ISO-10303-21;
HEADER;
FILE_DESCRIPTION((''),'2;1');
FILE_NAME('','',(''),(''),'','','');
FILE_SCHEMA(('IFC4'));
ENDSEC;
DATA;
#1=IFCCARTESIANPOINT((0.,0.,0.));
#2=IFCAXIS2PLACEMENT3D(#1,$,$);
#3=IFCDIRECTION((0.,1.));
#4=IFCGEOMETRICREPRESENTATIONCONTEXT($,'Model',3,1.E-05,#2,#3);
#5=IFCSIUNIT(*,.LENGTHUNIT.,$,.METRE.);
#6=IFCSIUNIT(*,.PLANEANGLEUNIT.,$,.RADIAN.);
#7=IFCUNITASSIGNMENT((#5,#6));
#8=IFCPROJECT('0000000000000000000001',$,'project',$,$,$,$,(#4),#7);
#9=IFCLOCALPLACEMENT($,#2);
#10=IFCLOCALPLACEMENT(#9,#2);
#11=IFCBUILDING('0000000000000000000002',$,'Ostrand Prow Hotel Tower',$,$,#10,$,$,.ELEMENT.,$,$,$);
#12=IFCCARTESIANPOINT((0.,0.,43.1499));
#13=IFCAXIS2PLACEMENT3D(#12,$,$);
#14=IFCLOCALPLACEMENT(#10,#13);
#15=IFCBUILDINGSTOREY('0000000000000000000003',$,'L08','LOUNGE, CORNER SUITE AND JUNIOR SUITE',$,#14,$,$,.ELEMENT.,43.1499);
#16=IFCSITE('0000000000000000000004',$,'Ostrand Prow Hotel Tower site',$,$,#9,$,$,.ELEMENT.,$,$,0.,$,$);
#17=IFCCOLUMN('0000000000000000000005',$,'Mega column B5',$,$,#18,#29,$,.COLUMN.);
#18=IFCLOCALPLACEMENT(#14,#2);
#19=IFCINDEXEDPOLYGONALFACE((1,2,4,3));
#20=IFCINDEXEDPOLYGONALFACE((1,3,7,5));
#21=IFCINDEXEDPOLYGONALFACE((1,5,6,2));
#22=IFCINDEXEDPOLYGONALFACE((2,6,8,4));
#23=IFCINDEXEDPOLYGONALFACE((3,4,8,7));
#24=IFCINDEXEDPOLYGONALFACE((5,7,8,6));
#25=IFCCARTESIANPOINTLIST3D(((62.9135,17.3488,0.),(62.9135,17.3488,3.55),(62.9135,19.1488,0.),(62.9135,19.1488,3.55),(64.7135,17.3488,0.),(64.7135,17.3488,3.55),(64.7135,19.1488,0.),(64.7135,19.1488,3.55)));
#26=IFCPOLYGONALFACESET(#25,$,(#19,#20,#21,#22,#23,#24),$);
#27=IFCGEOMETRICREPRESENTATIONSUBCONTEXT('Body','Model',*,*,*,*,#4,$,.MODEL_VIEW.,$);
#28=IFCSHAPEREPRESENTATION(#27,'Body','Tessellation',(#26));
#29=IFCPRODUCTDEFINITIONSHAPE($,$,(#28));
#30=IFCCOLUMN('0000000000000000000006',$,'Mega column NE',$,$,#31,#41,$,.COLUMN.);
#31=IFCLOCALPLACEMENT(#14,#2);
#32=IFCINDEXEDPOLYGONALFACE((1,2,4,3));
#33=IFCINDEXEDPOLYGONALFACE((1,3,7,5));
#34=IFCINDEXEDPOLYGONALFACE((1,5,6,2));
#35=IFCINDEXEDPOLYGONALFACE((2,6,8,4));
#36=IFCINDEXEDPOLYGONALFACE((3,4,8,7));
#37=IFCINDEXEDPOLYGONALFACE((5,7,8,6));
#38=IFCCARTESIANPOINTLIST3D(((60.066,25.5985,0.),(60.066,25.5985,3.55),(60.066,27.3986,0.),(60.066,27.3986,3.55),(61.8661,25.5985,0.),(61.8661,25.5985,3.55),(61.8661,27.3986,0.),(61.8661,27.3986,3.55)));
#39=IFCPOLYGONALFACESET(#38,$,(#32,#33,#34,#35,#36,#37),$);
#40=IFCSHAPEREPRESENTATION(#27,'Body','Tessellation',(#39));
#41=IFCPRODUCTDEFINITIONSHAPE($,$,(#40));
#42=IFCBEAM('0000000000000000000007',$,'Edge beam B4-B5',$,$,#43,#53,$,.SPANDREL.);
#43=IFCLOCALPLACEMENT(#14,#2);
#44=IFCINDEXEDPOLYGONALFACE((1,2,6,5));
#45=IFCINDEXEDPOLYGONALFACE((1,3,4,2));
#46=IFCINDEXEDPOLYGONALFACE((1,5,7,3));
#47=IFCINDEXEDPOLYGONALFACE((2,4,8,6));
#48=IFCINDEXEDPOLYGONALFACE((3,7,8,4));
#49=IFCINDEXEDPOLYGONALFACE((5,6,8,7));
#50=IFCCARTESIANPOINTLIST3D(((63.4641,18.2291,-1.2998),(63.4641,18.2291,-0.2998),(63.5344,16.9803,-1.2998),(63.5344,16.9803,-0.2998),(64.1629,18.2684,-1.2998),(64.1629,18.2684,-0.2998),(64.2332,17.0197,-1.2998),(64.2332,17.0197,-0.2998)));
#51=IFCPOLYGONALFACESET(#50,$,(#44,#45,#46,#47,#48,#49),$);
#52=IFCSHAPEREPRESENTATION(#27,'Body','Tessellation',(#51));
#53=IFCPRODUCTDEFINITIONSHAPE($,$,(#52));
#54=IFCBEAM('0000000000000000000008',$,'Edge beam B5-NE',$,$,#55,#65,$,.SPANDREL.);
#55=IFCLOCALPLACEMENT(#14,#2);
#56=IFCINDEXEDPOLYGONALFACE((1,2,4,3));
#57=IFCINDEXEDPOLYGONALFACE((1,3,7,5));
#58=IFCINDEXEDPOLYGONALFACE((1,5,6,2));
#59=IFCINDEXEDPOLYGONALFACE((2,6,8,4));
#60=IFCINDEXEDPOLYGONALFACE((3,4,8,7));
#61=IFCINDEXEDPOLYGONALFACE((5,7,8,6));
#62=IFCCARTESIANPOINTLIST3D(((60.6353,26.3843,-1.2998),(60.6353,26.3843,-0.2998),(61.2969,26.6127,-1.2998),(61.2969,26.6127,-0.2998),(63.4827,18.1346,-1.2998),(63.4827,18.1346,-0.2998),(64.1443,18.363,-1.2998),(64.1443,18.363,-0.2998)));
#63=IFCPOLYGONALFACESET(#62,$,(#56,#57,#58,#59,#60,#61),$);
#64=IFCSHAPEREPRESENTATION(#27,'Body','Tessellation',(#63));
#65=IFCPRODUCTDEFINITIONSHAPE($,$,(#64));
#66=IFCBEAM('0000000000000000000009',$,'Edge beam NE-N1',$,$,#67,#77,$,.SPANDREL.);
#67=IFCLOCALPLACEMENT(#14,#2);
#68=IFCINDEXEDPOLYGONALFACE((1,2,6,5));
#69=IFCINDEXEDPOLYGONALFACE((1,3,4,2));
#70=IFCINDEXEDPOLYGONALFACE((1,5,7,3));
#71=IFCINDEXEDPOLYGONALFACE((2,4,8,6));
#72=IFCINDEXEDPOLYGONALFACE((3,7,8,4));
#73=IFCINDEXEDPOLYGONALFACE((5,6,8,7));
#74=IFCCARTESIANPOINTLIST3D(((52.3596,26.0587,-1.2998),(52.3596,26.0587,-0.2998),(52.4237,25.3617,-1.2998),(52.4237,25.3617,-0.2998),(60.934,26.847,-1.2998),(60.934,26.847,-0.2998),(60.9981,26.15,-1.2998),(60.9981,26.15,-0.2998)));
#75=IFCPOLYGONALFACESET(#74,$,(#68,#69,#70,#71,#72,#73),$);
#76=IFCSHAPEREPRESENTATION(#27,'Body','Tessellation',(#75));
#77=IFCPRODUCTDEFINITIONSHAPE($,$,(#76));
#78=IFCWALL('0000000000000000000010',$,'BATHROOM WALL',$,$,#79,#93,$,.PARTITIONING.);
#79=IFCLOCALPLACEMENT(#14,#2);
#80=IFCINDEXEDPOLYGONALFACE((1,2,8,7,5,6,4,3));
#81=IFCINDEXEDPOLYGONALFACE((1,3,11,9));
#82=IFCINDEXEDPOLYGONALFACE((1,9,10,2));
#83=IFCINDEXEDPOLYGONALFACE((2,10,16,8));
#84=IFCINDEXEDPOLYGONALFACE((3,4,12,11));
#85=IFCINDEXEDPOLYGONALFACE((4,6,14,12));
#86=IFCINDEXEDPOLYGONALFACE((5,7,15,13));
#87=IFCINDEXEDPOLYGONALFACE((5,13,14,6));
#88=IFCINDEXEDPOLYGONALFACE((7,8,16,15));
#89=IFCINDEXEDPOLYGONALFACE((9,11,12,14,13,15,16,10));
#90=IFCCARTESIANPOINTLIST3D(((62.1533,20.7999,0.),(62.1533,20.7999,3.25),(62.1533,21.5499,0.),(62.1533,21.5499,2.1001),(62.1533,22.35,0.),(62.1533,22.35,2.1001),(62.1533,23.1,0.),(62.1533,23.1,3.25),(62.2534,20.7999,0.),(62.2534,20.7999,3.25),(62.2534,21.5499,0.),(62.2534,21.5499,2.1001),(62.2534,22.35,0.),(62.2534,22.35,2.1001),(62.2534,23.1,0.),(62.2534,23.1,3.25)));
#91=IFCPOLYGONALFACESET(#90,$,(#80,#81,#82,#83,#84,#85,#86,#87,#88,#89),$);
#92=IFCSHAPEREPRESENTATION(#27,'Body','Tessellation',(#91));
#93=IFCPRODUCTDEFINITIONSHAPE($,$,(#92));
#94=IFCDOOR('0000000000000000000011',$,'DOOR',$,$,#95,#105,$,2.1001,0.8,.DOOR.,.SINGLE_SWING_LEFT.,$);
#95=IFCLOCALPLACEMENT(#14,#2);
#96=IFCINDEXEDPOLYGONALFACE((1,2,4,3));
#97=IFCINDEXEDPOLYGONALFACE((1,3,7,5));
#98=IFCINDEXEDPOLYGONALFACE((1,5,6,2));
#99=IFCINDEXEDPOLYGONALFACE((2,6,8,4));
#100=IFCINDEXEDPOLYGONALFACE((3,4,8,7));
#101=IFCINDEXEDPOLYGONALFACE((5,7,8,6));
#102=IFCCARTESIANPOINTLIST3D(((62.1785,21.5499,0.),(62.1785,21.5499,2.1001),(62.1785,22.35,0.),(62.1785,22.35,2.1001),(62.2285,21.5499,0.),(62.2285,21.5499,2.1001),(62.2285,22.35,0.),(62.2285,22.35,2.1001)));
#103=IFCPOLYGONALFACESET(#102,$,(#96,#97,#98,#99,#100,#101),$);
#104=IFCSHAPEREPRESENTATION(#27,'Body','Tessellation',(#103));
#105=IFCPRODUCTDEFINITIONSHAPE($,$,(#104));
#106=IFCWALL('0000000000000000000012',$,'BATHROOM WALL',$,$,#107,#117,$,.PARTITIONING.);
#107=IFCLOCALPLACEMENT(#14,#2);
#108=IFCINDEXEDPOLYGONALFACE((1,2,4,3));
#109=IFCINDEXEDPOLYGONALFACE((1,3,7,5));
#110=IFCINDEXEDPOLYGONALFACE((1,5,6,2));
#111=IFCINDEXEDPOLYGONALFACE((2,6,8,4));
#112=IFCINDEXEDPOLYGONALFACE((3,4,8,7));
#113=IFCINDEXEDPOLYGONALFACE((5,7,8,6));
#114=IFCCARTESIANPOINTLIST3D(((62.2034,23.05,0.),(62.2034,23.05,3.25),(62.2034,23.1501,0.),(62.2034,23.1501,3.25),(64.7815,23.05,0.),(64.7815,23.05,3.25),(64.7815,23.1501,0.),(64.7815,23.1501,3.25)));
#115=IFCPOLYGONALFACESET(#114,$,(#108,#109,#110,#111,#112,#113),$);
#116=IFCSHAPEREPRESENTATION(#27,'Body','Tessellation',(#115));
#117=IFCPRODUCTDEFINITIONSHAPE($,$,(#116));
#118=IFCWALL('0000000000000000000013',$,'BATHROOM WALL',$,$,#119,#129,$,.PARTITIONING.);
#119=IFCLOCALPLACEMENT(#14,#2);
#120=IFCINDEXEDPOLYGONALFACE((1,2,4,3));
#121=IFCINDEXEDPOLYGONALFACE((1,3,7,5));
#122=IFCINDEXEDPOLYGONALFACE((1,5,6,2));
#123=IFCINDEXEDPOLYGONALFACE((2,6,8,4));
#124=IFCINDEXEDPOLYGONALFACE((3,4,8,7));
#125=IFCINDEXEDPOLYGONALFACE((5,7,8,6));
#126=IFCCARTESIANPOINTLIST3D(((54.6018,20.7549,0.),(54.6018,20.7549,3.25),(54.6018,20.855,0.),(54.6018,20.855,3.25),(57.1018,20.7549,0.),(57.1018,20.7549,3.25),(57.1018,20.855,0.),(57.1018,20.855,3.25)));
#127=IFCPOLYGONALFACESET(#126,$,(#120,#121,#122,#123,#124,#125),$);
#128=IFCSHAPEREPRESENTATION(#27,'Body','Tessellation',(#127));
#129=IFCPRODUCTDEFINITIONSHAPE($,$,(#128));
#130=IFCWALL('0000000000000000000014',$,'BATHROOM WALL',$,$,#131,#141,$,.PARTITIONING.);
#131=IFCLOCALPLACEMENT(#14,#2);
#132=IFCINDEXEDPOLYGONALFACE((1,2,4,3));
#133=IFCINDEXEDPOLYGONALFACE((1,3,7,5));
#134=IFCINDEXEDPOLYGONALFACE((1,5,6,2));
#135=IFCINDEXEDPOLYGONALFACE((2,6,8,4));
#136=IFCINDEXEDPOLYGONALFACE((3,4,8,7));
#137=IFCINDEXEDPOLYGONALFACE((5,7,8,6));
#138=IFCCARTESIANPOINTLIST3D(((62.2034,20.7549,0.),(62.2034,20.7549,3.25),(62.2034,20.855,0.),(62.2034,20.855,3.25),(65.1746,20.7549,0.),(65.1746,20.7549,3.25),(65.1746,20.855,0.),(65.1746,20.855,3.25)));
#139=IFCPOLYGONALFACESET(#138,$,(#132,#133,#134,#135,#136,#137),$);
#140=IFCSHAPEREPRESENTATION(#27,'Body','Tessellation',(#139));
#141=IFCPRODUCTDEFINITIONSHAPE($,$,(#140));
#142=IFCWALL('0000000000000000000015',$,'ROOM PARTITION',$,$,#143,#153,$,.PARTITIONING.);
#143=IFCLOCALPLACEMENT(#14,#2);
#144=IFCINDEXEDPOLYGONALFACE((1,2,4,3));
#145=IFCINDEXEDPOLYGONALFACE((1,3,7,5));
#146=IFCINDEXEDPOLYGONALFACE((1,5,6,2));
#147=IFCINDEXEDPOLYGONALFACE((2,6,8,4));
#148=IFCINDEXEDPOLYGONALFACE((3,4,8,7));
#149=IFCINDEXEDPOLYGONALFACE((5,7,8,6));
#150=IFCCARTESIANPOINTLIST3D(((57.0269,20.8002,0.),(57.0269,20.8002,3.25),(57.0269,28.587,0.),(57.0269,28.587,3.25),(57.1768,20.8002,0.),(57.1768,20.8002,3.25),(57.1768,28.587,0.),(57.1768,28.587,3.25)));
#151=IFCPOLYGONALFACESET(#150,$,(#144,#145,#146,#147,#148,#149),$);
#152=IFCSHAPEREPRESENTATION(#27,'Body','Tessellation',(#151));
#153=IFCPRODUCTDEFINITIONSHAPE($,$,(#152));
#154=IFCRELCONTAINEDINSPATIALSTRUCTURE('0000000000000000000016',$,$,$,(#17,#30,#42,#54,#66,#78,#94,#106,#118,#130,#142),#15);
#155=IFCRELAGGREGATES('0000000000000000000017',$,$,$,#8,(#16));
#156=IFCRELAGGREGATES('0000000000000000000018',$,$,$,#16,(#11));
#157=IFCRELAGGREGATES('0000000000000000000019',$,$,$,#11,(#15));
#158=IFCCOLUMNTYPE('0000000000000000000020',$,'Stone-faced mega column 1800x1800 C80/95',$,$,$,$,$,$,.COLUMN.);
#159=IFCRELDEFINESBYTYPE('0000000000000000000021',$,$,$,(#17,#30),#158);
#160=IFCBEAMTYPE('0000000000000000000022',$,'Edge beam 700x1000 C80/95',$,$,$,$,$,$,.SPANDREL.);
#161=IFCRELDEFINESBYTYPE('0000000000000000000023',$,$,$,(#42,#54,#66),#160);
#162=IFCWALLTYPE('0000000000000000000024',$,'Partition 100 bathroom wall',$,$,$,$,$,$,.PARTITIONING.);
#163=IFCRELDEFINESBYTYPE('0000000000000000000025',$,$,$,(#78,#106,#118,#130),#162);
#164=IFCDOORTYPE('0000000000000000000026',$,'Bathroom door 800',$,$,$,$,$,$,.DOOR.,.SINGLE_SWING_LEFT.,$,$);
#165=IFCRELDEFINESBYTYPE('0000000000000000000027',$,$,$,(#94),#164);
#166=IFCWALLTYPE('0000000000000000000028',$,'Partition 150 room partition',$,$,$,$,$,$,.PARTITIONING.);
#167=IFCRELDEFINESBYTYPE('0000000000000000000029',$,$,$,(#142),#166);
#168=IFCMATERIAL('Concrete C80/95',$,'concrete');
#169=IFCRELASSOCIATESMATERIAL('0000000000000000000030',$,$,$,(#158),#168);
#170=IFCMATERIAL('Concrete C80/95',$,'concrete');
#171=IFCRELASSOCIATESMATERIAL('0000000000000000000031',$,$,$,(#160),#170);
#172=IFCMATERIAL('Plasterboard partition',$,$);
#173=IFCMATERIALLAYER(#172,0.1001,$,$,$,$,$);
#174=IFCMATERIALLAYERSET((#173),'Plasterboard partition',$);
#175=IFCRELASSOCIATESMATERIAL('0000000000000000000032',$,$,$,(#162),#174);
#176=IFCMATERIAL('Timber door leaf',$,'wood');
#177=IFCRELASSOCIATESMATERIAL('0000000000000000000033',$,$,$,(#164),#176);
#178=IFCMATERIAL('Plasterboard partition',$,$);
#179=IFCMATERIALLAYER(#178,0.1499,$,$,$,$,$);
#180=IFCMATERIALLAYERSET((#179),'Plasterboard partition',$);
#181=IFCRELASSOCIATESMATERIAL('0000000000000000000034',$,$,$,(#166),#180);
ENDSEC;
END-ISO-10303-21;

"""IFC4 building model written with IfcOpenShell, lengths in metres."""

from ifc_helpers import new_model, si_unit, direction, frame, frame_2d, origin, origin_2d, place, context, subcontext, project, spatial, rectangle, extrude, material, layer, layer_set, material_profile, profile_set, type_object, element, fill, save


model = new_model("IFC4")

# Units and contexts
model_context = context("Model", 3, precision=1e-05, world=origin(), true_north=direction((0.0, 1.0)))
body_context = subcontext(model_context, "Body", "Model", "MODEL_VIEW")
ifc_project = project(units=[si_unit("LENGTHUNIT", "METRE"), si_unit("PLANEANGLEUNIT", "RADIAN")], contexts=[model_context])

# Site, building, storey
site_placement = place(None, origin())
site = spatial("IfcSite", under=ifc_project, at=site_placement, Name="Ostrand Prow Hotel Tower site", CompositionType="ELEMENT", RefElevation=0.0)
building_placement = place(site_placement, origin())
building = spatial("IfcBuilding", under=site, at=building_placement, Name="Ostrand Prow Hotel Tower", CompositionType="ELEMENT")
storey_placement = place(building_placement, frame((0.0, 0.0, 43.1499)))
storey = spatial("IfcBuildingStorey", under=building, at=storey_placement, Name="L08", Description="LOUNGE, CORNER SUITE AND JUNIOR SUITE", CompositionType="ELEMENT", Elevation=43.1499)

# Columns
ifc_material_1 = material(Name="Concrete C80/95", Category="concrete")
ifc_material_profile_1 = material_profile(ifc_material_1, rectangle(XDim=1.8, YDim=1.8, at=origin_2d()), Name="RC 1800x1800")
ifc_profile_set_1 = profile_set([ifc_material_profile_1], Name="Concrete C80/95")
column_type = type_object("IfcColumnType", Name="Stone-faced mega column 1800x1800 C80/95", PredefinedType="COLUMN", material=ifc_profile_set_1)
for number, where, z_axis, x_axis, name in (
    (1, (63.8135, 18.2488, 0.0), (0.0, 0.0, 1.0), (1.0, 0.0, 0.0), "Mega column B5"),
    (2, (60.9661, 26.4985, 0.0), (0.0, 0.0, 1.0), (1.0, 0.0, 0.0), "Mega column NE"),
):
    element("IfcColumn", number, at=place(storey_placement, frame(where, z_axis=z_axis, x_axis=x_axis)), inside=storey, type_object=column_type, Name=name, PredefinedType="COLUMN", context=body_context, shape_type="SweptSolid", body=[
        extrude(rectangle(XDim=1.8, YDim=1.8, at=origin_2d()), origin(), (0.0, 0.0, 1.0), 3.55),
    ])

# Beams
ifc_material_2 = material(Name="Concrete C80/95", Category="concrete")
ifc_material_profile_2 = material_profile(ifc_material_2, rectangle(XDim=0.7, YDim=1.0, at=origin_2d()), Name="RC 700x1000")
ifc_profile_set_2 = profile_set([ifc_material_profile_2], Name="Concrete C80/95")
beam_type = type_object("IfcBeamType", Name="Edge beam 700x1000 C80/95", PredefinedType="SPANDREL", material=ifc_profile_set_2)
beam_1_placement = place(storey_placement, frame((63.8838, 17.0, -0.7998), z_axis=(-0.056216, 0.998419, 0.0), x_axis=(-0.998419, -0.056216, 0.0)))
element("IfcBeam", 3, at=beam_1_placement, inside=storey, type_object=beam_type, Name="Edge beam B4-B5", PredefinedType="SPANDREL", context=body_context, shape_type="SweptSolid", body=[
    extrude(rectangle(XDim=0.7, YDim=1.0, at=origin_2d()), origin(), (0.0, 0.0, 1.0), 1.2507),
])
beam_2_placement = place(storey_placement, frame((63.8135, 18.2488, -0.7998), z_axis=(-0.326264, 0.945279, 0.0), x_axis=(-0.945279, -0.326264, 0.0)))
element("IfcBeam", 4, at=beam_2_placement, inside=storey, type_object=beam_type, Name="Edge beam B5-NE", PredefinedType="SPANDREL", context=body_context, shape_type="SweptSolid", body=[
    extrude(rectangle(XDim=0.7, YDim=1.0, at=origin_2d()), origin(), (0.0, 0.0, 1.0), 8.7273),
])
beam_3_placement = place(storey_placement, frame((60.9661, 26.4985, -0.7998), z_axis=(-0.9958, -0.091553, 0.0), x_axis=(0.091553, -0.9958, 0.0)))
element("IfcBeam", 5, at=beam_3_placement, inside=storey, type_object=beam_type, Name="Edge beam NE-N1", PredefinedType="SPANDREL", context=body_context, shape_type="SweptSolid", body=[
    extrude(rectangle(XDim=0.7, YDim=1.0, at=origin_2d()), origin(), (0.0, 0.0, 1.0), 8.6106),
])

# Wall, opening, door
ifc_material_3 = material(Name="Plasterboard partition")
ifc_layer_1 = layer(ifc_material_3, 0.1001)
ifc_layer_set_1 = layer_set([ifc_layer_1], Name="Plasterboard partition")
wall_type_1 = type_object("IfcWallType", Name="Partition 100 bathroom wall", PredefinedType="PARTITIONING", material=ifc_layer_set_1)
wall_1_placement = place(storey_placement, frame((62.2034, 20.8, 0.0), z_axis=(0.0, 0.0, 1.0), x_axis=(0.0, 1.0, 0.0)))
wall_1 = element("IfcWall", 6, at=wall_1_placement, inside=storey, type_object=wall_type_1, Name="BATHROOM WALL", PredefinedType="PARTITIONING", context=body_context, shape_type="SweptSolid", body=[
    extrude(rectangle(XDim=2.3, YDim=0.1001, at=frame_2d((1.1499, 0.0))), origin(), (0.0, 0.0, 1.0), 3.25),
])
opening_1_placement = place(wall_1_placement, frame((0.75, 0.0, 0.0)))
opening_1 = element("IfcOpeningElement", 7, at=opening_1_placement, cuts=wall_1, PredefinedType="OPENING", context=body_context, shape_type="SweptSolid", body=[
    extrude(rectangle(XDim=0.8, YDim=2.1001, at=frame_2d((0.3999, 1.05))), frame((0.0, 0.0601, 0.0), z_axis=(0.0, -1.0, 0.0), x_axis=(1.0, 0.0, 0.0)), (0.0, 0.0, 1.0), 0.1201),
])
ifc_material_4 = material(Name="Timber door leaf", Category="wood")
door_type_1 = type_object("IfcDoorType", Name="Bathroom door 800", OperationType="SINGLE_SWING_LEFT", PredefinedType="DOOR", material=ifc_material_4)
door_1_placement = place(opening_1_placement, origin())
door_1 = element("IfcDoor", 8, at=door_1_placement, inside=storey, type_object=door_type_1, Name="DOOR", OperationType="SINGLE_SWING_LEFT", OverallHeight=2.1001, OverallWidth=0.8, PredefinedType="DOOR", context=body_context, shape_type="SweptSolid", body=[
    extrude(rectangle(XDim=0.8, YDim=2.1001, at=frame_2d((0.3999, 1.05))), frame((0.0, 0.0249, 0.0), z_axis=(0.0, -1.0, 0.0), x_axis=(1.0, 0.0, 0.0)), (0.0, 0.0, 1.0), 0.05),
])
fill(opening_1, door_1)

# Walls
wall_2_placement = place(storey_placement, frame((62.2034, 23.1001, 0.0), z_axis=(0.0, 0.0, 1.0), x_axis=(1.0, 0.0, 0.0)))
element("IfcWall", 9, at=wall_2_placement, inside=storey, type_object=wall_type_1, Name="BATHROOM WALL", PredefinedType="PARTITIONING", context=body_context, shape_type="SweptSolid", body=[
    extrude(rectangle(XDim=2.5781, YDim=0.1001, at=frame_2d((1.2891, 0.0))), origin(), (0.0, 0.0, 1.0), 3.25),
])
wall_3_placement = place(storey_placement, frame((57.1018, 20.8049, 0.0), z_axis=(0.0, 0.0, 1.0), x_axis=(-1.0, 0.0, 0.0)))
element("IfcWall", 10, at=wall_3_placement, inside=storey, type_object=wall_type_1, Name="BATHROOM WALL", PredefinedType="PARTITIONING", context=body_context, shape_type="SweptSolid", body=[
    extrude(rectangle(XDim=2.5, YDim=0.1001, at=frame_2d((1.25, 0.0))), origin(), (0.0, 0.0, 1.0), 3.25),
])
wall_4_placement = place(storey_placement, frame((65.1746, 20.8049, 0.0), z_axis=(0.0, 0.0, 1.0), x_axis=(-1.0, 0.0, 0.0)))
element("IfcWall", 11, at=wall_4_placement, inside=storey, type_object=wall_type_1, Name="BATHROOM WALL", PredefinedType="PARTITIONING", context=body_context, shape_type="SweptSolid", body=[
    extrude(rectangle(XDim=2.9712, YDim=0.1001, at=frame_2d((1.4856, 0.0))), origin(), (0.0, 0.0, 1.0), 3.25),
])
ifc_material_5 = material(Name="Plasterboard partition")
ifc_layer_2 = layer(ifc_material_5, 0.1499)
ifc_layer_set_2 = layer_set([ifc_layer_2], Name="Plasterboard partition")
wall_type_2 = type_object("IfcWallType", Name="Partition 150 room partition", PredefinedType="PARTITIONING", material=ifc_layer_set_2)
wall_5_placement = place(storey_placement, frame((57.1018, 20.8, 0.0), z_axis=(0.0, 0.0, 1.0), x_axis=(0.0, 1.0, 0.0)))
element("IfcWall", 12, at=wall_5_placement, inside=storey, type_object=wall_type_2, Name="ROOM PARTITION", PredefinedType="PARTITIONING", context=body_context, shape_type="SweptSolid", body=[
    extrude(rectangle(XDim=7.7869, YDim=0.1499, at=frame_2d((3.8936, 0.0))), origin(), (0.0, 0.0, 1.0), 3.25),
])

save(model, "model.ifc")
